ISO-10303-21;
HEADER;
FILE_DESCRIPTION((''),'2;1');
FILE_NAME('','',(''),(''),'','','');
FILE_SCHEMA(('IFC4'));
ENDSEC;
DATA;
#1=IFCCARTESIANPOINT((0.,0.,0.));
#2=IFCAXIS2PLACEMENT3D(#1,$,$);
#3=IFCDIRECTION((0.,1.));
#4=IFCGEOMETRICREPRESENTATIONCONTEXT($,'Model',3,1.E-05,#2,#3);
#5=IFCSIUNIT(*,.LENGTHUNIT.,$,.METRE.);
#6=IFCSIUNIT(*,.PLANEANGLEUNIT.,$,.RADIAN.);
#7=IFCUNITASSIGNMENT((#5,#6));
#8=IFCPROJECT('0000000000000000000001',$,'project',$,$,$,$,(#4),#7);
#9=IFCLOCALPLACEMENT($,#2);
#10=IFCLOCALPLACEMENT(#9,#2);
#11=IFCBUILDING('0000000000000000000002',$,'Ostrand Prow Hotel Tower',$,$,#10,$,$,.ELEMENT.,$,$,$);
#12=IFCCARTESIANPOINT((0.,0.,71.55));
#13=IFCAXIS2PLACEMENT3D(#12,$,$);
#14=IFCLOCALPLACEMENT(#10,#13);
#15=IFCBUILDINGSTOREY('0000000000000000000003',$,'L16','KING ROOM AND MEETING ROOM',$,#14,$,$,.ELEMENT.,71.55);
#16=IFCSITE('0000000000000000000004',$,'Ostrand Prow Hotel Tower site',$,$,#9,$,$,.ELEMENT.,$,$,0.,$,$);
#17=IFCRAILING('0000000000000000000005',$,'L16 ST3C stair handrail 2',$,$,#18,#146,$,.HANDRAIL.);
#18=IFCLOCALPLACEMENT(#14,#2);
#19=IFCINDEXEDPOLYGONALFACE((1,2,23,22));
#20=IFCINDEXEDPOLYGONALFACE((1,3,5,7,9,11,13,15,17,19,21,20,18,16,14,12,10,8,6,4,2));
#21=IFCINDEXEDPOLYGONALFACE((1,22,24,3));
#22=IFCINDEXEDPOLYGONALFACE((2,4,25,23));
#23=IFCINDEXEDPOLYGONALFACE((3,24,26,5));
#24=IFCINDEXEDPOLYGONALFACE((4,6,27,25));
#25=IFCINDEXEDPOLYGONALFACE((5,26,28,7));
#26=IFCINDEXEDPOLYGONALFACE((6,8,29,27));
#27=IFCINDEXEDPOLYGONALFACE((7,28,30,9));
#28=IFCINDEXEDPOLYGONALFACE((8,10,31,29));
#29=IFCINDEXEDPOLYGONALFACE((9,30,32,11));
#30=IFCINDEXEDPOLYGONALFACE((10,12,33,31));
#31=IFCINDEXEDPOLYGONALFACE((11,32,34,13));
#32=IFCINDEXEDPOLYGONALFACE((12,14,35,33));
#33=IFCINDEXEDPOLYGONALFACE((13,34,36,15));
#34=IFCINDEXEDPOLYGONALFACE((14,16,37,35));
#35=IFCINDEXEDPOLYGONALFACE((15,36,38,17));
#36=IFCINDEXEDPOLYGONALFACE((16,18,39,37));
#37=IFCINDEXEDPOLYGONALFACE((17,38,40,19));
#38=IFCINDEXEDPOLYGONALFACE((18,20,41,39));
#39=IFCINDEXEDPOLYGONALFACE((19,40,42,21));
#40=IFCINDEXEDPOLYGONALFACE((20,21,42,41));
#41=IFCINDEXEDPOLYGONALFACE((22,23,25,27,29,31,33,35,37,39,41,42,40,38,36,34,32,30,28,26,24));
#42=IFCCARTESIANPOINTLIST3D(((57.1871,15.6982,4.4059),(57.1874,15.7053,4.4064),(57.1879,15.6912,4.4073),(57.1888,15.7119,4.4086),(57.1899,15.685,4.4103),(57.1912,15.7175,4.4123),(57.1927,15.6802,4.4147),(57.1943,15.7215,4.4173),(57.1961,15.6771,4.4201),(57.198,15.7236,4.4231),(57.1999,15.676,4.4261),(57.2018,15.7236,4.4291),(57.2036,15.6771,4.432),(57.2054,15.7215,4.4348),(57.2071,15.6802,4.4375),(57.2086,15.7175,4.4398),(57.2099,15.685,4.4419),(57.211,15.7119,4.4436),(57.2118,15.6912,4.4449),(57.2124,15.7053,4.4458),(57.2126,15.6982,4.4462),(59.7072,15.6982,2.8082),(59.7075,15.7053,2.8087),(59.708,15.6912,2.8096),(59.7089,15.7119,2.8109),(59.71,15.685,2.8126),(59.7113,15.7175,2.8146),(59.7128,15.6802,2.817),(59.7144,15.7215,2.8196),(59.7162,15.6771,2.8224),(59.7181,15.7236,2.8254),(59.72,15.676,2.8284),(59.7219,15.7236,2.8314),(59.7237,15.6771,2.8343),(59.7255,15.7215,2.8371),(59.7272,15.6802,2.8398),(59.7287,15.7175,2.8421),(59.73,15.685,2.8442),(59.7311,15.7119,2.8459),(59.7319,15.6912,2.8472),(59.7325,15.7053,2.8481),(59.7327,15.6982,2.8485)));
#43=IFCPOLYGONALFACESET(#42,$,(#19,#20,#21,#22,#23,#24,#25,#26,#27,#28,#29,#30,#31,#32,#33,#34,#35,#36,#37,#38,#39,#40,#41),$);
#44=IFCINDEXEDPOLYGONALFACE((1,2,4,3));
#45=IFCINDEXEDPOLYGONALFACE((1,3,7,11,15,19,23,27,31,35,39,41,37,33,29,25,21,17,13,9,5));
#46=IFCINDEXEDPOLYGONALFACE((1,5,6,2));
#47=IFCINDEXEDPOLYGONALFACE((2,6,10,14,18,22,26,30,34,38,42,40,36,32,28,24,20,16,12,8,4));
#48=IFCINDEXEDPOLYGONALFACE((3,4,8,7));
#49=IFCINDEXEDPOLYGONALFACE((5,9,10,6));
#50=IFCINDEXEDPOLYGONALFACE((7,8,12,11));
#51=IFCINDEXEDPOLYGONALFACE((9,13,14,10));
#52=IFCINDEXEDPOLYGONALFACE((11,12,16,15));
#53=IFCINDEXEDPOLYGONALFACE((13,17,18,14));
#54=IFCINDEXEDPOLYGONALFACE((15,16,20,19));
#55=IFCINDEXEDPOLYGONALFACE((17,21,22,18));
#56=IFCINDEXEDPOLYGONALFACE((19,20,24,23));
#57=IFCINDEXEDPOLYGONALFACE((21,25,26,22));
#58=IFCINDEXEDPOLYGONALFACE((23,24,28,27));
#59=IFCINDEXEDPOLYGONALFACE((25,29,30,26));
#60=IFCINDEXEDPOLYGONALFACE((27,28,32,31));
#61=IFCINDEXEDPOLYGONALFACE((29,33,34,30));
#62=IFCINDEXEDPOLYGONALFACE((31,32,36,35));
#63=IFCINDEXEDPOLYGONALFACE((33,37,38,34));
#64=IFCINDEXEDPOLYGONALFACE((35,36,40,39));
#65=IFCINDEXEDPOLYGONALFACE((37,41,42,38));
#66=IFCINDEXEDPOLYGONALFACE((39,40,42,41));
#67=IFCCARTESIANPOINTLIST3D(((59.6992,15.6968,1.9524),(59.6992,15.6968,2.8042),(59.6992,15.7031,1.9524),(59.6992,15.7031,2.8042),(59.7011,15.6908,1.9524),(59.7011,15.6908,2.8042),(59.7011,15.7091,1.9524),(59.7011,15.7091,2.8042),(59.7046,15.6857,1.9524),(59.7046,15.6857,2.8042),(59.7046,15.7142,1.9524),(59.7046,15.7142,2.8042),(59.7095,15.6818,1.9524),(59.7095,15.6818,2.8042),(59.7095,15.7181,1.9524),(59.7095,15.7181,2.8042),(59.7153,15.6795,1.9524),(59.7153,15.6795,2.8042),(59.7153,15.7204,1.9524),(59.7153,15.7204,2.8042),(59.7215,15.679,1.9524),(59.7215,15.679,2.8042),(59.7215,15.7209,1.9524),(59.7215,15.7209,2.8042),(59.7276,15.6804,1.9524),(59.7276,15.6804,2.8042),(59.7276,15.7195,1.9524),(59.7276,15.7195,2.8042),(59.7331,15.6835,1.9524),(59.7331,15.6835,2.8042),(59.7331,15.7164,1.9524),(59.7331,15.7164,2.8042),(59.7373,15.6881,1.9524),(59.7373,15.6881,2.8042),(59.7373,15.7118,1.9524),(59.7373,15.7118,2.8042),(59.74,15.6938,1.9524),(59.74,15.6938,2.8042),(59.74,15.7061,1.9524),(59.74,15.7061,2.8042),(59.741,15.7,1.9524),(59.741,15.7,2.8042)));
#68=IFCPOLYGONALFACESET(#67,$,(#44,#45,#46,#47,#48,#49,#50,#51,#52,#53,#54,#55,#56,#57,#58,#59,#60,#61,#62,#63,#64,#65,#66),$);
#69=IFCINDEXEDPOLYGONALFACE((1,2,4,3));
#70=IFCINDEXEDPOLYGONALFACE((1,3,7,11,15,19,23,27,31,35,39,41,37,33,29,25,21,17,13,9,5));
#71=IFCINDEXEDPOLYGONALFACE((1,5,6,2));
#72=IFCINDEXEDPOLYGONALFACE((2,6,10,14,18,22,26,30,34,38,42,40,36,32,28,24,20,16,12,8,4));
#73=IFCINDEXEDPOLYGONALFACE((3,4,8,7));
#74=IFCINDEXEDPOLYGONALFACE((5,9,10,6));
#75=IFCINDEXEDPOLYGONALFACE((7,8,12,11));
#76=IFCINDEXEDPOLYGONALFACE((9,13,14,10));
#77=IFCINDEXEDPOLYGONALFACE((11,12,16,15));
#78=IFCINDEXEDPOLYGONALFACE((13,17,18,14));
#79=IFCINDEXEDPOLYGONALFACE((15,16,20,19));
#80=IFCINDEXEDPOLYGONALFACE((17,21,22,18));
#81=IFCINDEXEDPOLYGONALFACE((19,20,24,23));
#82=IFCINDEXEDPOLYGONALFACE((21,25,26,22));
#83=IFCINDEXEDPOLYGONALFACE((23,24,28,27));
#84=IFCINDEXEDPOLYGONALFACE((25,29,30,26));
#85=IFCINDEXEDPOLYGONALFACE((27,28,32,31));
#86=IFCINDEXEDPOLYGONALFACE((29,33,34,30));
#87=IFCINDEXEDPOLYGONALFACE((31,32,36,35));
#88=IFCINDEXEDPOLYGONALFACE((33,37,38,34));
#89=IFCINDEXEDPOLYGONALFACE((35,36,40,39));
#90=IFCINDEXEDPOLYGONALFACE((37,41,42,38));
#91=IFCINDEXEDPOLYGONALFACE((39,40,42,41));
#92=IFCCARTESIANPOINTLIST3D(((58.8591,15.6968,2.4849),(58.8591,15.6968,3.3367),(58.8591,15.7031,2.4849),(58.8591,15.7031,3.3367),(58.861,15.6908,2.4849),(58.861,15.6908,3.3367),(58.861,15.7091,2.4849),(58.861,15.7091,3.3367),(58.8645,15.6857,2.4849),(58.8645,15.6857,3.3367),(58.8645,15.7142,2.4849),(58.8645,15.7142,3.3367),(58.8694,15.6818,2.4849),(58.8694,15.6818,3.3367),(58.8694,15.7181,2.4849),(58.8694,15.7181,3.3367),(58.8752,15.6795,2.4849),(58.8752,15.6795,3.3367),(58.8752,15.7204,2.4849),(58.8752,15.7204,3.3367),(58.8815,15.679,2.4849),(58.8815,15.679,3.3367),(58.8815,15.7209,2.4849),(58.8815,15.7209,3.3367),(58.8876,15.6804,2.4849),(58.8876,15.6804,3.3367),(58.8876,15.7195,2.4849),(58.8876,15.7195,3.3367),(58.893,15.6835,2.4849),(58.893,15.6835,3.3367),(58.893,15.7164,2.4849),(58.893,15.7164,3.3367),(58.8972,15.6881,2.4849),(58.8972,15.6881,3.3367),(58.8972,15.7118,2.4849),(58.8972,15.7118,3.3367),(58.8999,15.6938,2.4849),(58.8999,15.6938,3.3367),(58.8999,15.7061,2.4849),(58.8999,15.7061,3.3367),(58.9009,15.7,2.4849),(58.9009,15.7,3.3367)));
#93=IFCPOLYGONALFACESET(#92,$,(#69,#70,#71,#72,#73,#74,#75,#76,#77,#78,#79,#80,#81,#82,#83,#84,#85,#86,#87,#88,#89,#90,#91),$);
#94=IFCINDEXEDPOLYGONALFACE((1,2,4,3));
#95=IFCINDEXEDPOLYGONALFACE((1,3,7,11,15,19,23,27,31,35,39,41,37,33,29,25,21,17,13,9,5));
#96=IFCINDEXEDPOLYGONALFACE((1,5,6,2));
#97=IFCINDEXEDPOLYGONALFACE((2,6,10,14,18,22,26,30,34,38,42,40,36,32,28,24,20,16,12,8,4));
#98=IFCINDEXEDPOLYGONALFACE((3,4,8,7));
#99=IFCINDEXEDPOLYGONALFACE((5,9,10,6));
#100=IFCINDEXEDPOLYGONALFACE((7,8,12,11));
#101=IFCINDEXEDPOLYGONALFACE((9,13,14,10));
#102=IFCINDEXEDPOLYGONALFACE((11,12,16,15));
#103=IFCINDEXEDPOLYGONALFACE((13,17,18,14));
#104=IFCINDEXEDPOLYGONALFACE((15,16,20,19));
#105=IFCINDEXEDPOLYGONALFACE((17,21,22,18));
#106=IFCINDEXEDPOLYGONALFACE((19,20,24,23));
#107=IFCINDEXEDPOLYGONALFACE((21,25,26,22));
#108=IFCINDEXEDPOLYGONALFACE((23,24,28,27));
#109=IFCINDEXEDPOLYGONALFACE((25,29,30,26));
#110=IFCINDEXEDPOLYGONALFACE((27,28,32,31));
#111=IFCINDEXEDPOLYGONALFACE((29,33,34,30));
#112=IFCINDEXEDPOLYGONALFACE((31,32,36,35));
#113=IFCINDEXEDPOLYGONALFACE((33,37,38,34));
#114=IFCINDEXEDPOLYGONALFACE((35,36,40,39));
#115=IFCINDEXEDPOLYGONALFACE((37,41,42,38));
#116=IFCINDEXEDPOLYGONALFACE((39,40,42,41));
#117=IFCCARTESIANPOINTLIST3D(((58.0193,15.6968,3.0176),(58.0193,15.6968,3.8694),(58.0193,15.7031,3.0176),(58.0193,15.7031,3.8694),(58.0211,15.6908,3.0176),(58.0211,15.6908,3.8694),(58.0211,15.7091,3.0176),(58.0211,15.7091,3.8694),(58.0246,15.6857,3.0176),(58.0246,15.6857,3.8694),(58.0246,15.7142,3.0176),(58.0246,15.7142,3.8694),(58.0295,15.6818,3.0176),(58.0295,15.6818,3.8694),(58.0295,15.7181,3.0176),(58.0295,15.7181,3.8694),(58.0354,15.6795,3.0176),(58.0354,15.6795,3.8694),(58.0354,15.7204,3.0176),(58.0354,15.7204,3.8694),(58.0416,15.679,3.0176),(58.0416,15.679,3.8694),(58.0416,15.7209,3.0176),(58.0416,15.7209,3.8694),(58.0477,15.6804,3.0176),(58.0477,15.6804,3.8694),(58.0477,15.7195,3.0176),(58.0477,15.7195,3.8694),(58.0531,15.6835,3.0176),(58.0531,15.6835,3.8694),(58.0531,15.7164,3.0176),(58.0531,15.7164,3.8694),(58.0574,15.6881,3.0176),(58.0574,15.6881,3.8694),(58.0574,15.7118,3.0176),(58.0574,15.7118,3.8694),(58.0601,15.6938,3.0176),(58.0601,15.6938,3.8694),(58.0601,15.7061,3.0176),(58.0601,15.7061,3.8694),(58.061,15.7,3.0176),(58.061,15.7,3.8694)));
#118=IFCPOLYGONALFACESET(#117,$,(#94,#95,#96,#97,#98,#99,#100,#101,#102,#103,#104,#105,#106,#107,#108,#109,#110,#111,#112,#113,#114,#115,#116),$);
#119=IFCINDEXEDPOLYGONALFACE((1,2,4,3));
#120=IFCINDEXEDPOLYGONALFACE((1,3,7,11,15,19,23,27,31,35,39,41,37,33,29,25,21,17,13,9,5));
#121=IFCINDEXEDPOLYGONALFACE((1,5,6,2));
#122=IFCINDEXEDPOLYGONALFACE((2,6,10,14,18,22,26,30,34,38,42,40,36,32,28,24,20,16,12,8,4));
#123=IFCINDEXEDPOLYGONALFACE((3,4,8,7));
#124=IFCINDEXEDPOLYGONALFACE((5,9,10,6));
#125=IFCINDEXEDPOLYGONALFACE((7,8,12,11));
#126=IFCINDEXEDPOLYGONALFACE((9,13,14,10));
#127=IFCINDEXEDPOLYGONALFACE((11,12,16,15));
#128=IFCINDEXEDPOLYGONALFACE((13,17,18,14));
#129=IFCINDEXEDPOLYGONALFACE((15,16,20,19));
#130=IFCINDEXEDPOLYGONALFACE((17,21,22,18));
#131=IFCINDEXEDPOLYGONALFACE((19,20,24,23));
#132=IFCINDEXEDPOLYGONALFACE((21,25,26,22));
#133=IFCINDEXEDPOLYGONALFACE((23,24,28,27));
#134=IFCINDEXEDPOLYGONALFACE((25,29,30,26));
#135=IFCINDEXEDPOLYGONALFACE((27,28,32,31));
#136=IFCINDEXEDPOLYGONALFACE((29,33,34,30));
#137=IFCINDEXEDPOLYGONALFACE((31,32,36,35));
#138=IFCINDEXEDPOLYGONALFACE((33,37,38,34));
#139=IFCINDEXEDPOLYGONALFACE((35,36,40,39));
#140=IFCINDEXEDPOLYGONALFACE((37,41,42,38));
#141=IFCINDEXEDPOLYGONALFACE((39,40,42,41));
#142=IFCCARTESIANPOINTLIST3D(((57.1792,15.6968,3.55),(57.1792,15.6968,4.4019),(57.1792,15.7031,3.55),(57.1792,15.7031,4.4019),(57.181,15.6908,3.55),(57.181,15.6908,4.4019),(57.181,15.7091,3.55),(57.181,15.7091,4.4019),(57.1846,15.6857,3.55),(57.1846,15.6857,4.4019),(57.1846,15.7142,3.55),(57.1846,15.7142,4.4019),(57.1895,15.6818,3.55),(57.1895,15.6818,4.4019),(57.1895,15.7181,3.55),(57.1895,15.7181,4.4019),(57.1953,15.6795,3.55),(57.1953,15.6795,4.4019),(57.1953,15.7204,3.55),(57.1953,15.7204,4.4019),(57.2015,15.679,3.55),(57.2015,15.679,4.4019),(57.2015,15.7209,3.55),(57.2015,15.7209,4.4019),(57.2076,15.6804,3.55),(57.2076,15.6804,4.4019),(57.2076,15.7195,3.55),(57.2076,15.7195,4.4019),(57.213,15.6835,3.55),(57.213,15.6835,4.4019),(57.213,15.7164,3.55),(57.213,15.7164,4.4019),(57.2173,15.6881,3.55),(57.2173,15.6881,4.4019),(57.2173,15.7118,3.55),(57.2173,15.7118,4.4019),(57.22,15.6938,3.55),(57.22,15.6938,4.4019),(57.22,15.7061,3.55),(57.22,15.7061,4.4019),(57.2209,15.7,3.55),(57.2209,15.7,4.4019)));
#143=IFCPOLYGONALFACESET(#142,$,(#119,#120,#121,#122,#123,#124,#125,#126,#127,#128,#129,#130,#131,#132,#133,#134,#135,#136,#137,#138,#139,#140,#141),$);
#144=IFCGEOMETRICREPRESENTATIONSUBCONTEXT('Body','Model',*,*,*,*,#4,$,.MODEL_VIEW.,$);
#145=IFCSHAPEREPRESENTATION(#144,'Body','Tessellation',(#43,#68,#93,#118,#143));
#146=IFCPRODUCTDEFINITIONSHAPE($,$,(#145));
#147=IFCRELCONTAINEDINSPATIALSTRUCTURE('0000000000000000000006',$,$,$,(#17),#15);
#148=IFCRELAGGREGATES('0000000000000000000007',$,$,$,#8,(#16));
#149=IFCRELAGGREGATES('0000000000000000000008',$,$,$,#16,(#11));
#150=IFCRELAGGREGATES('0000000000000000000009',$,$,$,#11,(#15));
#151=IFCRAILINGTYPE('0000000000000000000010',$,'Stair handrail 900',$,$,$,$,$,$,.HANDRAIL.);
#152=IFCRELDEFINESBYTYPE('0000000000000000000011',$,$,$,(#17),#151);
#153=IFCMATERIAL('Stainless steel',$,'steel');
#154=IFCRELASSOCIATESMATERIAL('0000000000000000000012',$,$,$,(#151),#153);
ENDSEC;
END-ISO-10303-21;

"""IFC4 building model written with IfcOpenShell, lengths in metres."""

from ifc_helpers import new_model, si_unit, direction, frame, origin, origin_2d, place, context, subcontext, project, spatial, circle, extrude, material, type_object, element, save


model = new_model("IFC4")

# Units and contexts
model_context = context("Model", 3, precision=1e-05, world=origin(), true_north=direction((0.0, 1.0)))
body_context = subcontext(model_context, "Body", "Model", "MODEL_VIEW")
ifc_project = project(units=[si_unit("LENGTHUNIT", "METRE"), si_unit("PLANEANGLEUNIT", "RADIAN")], contexts=[model_context])

# Site, building, storey
site_placement = place(None, origin())
site = spatial("IfcSite", under=ifc_project, at=site_placement, Name="Ostrand Prow Hotel Tower site", CompositionType="ELEMENT", RefElevation=0.0)
building_placement = place(site_placement, origin())
building = spatial("IfcBuilding", under=site, at=building_placement, Name="Ostrand Prow Hotel Tower", CompositionType="ELEMENT")
storey_placement = place(building_placement, frame((0.0, 0.0, 71.55)))
storey = spatial("IfcBuildingStorey", under=building, at=storey_placement, Name="L16", Description="KING ROOM AND MEETING ROOM", CompositionType="ELEMENT", Elevation=71.55)

# Railing
ifc_material_1 = material(Name="Stainless steel", Category="steel")
railing_type_1 = type_object("IfcRailingType", Name="Stair handrail 900", PredefinedType="HANDRAIL", material=ifc_material_1)
railing_1_placement = place(storey_placement, frame((59.72, 15.7, 1.9524)))
element("IfcRailing", 1, at=railing_1_placement, inside=storey, type_object=railing_type_1, Name="L16 ST3C stair handrail 2", PredefinedType="HANDRAIL", context=body_context, shape_type="SweptSolid", body=[
    extrude(circle(Radius=0.0239, at=origin_2d()), frame((0.0, 0.0, 0.876), z_axis=(-0.84457, 0.0, 0.535445), x_axis=(0.0, -1.0, 0.0)), (0.0, 0.0, 1.0), 2.9839),
    extrude(circle(Radius=0.021, at=origin_2d()), origin(), (0.0, 0.0, 1.0), 0.8518),
    extrude(circle(Radius=0.021, at=origin_2d()), frame((-0.8401, 0.0, 0.5325)), (0.0, 0.0, 1.0), 0.8518),
    extrude(circle(Radius=0.021, at=origin_2d()), frame((-1.6799, 0.0, 1.0652)), (0.0, 0.0, 1.0), 0.8518),
    extrude(circle(Radius=0.021, at=origin_2d()), frame((-2.52, 0.0, 1.5977)), (0.0, 0.0, 1.0), 0.8518),
])

save(model, "model.ifc")
